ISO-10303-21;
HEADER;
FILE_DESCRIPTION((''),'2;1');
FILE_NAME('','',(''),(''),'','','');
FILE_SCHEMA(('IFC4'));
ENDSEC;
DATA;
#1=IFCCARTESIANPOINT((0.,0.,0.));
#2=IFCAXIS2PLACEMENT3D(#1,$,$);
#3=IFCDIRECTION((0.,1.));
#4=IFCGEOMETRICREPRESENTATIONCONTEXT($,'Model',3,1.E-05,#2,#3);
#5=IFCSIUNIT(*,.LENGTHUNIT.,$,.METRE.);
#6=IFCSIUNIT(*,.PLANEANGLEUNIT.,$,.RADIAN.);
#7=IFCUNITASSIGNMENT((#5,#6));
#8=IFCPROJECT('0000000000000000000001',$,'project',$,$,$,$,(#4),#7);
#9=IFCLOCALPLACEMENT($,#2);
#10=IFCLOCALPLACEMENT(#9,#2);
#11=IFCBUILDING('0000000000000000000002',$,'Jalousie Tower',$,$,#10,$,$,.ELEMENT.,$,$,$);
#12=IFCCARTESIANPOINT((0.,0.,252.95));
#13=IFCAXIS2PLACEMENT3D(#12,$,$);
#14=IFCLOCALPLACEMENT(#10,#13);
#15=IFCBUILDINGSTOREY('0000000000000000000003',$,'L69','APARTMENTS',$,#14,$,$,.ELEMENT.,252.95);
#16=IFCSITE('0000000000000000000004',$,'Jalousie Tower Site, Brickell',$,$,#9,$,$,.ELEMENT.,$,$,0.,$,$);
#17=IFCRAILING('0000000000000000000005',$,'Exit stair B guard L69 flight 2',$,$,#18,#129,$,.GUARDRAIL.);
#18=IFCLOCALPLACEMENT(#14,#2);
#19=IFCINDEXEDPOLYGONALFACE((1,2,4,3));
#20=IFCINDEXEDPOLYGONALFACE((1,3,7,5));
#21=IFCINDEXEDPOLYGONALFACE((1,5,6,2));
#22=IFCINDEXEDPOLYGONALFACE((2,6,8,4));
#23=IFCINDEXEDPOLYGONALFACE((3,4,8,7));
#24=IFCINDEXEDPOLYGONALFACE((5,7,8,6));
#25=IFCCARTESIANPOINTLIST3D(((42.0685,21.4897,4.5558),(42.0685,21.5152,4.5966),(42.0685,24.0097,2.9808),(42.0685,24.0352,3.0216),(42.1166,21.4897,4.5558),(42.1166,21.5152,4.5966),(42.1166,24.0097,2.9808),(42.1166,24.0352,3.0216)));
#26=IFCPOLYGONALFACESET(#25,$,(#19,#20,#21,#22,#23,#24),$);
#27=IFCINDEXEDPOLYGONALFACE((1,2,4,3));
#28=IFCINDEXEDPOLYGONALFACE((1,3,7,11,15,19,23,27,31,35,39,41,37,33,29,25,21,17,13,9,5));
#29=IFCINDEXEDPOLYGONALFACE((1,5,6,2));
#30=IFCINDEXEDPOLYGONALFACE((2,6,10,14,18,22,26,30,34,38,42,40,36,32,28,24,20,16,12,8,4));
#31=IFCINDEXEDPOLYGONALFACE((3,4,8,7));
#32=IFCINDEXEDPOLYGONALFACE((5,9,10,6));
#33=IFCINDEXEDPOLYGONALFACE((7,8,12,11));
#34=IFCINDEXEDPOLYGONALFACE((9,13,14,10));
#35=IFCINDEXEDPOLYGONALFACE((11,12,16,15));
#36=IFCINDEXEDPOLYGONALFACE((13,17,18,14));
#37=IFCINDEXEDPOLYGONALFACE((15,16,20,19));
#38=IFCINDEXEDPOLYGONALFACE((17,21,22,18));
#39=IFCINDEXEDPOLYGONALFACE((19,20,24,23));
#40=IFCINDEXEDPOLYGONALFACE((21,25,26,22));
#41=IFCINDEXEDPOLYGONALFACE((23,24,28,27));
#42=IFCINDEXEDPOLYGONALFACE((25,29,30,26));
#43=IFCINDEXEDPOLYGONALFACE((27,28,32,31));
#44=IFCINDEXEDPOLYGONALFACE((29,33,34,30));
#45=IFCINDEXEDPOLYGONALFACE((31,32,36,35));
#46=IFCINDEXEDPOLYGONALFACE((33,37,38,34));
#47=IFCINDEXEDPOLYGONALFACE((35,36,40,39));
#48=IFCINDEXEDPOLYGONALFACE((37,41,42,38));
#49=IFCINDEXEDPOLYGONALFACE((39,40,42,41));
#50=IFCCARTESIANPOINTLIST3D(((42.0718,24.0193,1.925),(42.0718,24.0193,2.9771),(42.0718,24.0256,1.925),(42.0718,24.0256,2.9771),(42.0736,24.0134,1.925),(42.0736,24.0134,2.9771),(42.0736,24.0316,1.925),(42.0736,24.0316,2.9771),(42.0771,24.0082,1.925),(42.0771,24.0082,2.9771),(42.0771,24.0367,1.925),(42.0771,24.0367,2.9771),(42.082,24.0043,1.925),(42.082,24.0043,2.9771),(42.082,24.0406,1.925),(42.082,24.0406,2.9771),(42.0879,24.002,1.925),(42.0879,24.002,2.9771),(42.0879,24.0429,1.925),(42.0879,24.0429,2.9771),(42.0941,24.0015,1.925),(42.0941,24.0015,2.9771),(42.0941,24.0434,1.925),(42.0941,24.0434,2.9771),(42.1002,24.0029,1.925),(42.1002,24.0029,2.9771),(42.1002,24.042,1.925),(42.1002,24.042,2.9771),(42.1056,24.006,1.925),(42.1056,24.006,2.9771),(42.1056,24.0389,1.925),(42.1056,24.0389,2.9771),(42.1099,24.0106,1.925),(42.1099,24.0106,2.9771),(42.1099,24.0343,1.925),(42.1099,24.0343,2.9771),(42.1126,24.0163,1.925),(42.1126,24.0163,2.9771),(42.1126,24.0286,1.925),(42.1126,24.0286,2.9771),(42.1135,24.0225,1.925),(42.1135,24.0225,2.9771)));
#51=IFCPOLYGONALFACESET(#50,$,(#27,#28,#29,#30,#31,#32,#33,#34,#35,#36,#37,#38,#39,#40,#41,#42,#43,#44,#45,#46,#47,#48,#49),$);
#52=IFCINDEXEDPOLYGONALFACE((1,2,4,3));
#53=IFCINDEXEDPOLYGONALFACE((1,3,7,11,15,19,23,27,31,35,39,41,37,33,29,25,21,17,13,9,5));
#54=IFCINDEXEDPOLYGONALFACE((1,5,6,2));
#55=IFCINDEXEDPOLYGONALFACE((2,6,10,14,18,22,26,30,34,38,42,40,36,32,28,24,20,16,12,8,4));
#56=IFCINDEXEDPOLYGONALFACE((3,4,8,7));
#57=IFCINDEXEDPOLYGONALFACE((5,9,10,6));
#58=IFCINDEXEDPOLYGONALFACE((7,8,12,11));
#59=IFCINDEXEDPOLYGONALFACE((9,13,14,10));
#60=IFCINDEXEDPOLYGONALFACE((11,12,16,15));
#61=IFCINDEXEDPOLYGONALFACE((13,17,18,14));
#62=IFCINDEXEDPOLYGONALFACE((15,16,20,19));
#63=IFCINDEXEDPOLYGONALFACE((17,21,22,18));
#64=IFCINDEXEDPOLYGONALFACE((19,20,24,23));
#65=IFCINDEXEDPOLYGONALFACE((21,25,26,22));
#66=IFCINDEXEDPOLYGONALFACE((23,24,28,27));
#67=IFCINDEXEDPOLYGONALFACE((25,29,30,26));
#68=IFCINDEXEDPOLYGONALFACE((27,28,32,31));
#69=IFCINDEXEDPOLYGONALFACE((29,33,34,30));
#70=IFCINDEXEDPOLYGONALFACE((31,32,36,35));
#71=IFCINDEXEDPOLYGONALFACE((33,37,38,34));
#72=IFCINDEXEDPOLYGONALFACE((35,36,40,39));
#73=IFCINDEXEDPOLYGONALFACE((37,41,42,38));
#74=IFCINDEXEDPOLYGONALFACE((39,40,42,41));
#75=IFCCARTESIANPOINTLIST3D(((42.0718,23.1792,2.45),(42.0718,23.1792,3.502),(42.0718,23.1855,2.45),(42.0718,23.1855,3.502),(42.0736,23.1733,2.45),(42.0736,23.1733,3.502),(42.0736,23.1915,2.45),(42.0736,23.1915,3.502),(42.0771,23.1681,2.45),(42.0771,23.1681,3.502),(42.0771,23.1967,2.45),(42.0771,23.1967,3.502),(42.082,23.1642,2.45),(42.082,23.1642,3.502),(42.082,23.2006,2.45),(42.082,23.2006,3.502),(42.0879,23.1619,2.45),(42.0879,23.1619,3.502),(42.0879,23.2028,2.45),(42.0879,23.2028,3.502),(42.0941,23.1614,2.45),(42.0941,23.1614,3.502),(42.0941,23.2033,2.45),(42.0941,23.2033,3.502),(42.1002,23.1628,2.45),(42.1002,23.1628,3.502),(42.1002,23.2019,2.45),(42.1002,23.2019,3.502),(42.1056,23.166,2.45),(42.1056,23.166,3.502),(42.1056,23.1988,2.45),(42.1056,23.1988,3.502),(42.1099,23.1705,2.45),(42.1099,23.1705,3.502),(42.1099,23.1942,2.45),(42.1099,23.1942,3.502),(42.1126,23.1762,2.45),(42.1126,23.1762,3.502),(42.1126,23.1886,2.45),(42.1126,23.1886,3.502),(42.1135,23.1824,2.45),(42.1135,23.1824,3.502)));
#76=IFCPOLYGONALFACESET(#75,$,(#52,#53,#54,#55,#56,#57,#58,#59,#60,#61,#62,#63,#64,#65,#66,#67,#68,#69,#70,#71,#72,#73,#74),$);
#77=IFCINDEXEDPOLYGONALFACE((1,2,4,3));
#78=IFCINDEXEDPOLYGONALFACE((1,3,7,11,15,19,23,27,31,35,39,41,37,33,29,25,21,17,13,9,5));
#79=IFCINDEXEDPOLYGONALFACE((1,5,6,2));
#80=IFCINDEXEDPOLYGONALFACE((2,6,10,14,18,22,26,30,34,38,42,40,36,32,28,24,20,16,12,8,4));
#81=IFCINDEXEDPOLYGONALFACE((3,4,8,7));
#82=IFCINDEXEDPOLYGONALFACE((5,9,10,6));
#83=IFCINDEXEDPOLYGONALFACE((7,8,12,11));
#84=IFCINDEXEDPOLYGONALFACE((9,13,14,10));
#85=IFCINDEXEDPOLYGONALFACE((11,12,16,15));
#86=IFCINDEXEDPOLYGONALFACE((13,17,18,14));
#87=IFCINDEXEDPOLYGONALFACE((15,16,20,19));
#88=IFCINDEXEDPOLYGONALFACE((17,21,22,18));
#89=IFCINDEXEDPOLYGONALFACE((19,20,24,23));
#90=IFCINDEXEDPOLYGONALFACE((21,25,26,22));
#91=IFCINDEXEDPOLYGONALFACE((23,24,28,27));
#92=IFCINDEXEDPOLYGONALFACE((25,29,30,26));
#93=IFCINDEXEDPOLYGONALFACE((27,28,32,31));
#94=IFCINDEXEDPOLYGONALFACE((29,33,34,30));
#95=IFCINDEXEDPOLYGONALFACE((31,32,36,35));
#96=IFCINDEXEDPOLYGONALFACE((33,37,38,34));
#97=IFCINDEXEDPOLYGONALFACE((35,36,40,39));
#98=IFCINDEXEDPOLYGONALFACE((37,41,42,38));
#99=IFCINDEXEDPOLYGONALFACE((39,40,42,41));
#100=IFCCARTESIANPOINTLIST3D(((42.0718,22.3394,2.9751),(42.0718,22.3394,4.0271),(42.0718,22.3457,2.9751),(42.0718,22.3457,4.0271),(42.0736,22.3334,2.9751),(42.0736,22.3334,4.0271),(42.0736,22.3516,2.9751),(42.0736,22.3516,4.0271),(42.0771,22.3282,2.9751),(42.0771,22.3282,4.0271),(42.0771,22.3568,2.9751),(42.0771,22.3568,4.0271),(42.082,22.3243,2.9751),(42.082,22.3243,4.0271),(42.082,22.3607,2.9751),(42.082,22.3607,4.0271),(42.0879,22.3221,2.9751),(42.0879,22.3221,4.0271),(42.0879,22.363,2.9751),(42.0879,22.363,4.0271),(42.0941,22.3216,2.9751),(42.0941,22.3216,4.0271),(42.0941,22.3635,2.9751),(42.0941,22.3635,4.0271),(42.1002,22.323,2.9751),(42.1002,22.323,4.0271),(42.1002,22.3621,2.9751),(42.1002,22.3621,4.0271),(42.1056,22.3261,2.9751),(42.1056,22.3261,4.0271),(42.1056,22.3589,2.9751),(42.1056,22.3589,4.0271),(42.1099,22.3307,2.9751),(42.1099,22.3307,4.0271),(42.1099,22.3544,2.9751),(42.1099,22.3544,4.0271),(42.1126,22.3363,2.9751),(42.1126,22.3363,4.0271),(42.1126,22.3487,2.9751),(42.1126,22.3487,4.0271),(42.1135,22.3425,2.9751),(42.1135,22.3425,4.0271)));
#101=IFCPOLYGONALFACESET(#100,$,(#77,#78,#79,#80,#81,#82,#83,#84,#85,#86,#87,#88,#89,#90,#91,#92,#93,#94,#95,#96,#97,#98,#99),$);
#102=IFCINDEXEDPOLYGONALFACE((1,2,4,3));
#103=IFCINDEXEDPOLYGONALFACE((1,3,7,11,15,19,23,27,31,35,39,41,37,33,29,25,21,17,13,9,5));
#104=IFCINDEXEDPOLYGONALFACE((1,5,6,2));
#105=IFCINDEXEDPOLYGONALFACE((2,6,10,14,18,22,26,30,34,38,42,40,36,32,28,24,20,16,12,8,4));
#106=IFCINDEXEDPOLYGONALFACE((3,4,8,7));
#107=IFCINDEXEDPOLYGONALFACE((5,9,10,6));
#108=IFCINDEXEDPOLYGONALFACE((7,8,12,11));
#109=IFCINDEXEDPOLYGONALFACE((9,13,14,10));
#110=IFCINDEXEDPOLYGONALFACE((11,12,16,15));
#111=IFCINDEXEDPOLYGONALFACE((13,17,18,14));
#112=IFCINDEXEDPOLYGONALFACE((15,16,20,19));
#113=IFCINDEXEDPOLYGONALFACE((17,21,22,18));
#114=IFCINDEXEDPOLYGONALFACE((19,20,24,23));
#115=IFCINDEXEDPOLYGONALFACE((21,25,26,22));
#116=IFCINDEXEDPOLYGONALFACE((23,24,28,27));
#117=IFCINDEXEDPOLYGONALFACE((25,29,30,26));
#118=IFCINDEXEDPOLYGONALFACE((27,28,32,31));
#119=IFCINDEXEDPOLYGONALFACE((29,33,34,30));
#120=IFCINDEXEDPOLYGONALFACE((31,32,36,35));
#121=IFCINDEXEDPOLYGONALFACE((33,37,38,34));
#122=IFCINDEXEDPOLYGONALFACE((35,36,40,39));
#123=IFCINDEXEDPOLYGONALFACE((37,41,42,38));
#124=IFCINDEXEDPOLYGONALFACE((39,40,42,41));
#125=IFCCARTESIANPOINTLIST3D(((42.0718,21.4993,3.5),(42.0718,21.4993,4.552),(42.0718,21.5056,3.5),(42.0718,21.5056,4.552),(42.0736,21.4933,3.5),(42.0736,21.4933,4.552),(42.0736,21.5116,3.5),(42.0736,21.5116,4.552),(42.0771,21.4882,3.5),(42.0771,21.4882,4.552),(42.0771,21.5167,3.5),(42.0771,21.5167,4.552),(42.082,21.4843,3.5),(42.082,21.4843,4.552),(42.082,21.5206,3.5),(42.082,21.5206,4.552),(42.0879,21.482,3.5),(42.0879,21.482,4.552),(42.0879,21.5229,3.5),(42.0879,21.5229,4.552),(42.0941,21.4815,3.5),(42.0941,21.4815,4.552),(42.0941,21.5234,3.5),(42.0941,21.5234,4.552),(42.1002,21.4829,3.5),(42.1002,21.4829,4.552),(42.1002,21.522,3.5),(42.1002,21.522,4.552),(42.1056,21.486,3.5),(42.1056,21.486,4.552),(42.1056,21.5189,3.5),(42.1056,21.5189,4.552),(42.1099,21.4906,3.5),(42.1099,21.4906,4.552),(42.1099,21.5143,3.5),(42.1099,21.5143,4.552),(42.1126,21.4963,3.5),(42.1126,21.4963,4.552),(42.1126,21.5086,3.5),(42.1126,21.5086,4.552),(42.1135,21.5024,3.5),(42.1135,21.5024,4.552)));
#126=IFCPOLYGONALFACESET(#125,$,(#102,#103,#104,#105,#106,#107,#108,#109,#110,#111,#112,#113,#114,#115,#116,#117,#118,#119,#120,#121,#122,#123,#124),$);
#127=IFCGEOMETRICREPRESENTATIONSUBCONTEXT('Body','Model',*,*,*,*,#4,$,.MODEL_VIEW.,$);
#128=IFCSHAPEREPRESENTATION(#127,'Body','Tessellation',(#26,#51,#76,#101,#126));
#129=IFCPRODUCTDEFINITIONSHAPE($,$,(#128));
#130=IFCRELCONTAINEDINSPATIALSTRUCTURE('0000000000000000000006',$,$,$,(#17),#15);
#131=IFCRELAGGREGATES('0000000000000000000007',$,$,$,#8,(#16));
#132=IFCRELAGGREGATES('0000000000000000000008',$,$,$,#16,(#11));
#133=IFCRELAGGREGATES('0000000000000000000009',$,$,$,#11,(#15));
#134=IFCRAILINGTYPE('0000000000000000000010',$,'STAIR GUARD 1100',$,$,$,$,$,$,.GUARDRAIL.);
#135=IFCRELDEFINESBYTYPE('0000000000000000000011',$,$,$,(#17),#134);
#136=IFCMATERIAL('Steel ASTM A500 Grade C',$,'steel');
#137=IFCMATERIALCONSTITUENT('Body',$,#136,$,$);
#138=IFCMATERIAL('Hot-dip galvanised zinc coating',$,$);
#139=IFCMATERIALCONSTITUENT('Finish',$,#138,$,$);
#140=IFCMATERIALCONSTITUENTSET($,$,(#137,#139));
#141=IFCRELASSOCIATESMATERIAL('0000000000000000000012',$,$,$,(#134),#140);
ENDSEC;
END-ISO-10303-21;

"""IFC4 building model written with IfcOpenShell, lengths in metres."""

from ifc_helpers import new_model, si_unit, direction, frame, origin, origin_2d, place, context, subcontext, project, spatial, rectangle, circle, extrude, material, constituent, constituent_set, type_object, element, save


model = new_model("IFC4")

# Units and contexts
model_context = context("Model", 3, precision=1e-05, world=origin(), true_north=direction((0.0, 1.0)))
body_context = subcontext(model_context, "Body", "Model", "MODEL_VIEW")
ifc_project = project(units=[si_unit("LENGTHUNIT", "METRE"), si_unit("PLANEANGLEUNIT", "RADIAN")], contexts=[model_context])

# Site, building, storey
site_placement = place(None, origin())
site = spatial("IfcSite", under=ifc_project, at=site_placement, Name="Jalousie Tower Site, Brickell", CompositionType="ELEMENT", RefElevation=0.0)
building_placement = place(site_placement, origin())
building = spatial("IfcBuilding", under=site, at=building_placement, Name="Jalousie Tower", CompositionType="ELEMENT")
storey_placement = place(building_placement, frame((0.0, 0.0, 252.95)))
storey = spatial("IfcBuildingStorey", under=building, at=storey_placement, Name="L69", Description="APARTMENTS", CompositionType="ELEMENT", Elevation=252.95)

# Railing
ifc_material_1 = material(Name="Steel ASTM A500 Grade C", Category="steel")
ifc_constituent_1 = constituent(ifc_material_1, Name="Body")
ifc_material_2 = material(Name="Hot-dip galvanised zinc coating")
ifc_constituent_2 = constituent(ifc_material_2, Name="Finish")
ifc_constituent_set_1 = constituent_set(constituents=[ifc_constituent_1, ifc_constituent_2])
railing_type_1 = type_object("IfcRailingType", Name="STAIR GUARD 1100", PredefinedType="GUARDRAIL", material=ifc_constituent_set_1)
railing_1_placement = place(storey_placement, frame((42.0925, 24.0225, 1.925)))
element("IfcRailing", 1, at=railing_1_placement, inside=storey, type_object=railing_type_1, Name="Exit stair B guard L69 flight 2", PredefinedType="GUARDRAIL", context=body_context, shape_type="SweptSolid", body=[
    extrude(rectangle(XDim=0.0481, YDim=0.0481, at=origin_2d()), frame((0.0, 0.0, 1.0762), z_axis=(0.0, -0.848008, 0.529984), x_axis=(1.0, 0.0, 0.0)), (0.0, 0.0, 1.0), 2.9717),
    extrude(circle(Radius=0.021, at=origin_2d()), origin(), (0.0, 0.0, 1.0), 1.052),
    extrude(circle(Radius=0.021, at=origin_2d()), frame((0.0, -0.8401, 0.5249)), (0.0, 0.0, 1.0), 1.052),
    extrude(circle(Radius=0.021, at=origin_2d()), frame((0.0, -1.6799, 1.05)), (0.0, 0.0, 1.0), 1.052),
    extrude(circle(Radius=0.021, at=origin_2d()), frame((0.0, -2.52, 1.575)), (0.0, 0.0, 1.0), 1.052),
])

save(model, "model.ifc")
